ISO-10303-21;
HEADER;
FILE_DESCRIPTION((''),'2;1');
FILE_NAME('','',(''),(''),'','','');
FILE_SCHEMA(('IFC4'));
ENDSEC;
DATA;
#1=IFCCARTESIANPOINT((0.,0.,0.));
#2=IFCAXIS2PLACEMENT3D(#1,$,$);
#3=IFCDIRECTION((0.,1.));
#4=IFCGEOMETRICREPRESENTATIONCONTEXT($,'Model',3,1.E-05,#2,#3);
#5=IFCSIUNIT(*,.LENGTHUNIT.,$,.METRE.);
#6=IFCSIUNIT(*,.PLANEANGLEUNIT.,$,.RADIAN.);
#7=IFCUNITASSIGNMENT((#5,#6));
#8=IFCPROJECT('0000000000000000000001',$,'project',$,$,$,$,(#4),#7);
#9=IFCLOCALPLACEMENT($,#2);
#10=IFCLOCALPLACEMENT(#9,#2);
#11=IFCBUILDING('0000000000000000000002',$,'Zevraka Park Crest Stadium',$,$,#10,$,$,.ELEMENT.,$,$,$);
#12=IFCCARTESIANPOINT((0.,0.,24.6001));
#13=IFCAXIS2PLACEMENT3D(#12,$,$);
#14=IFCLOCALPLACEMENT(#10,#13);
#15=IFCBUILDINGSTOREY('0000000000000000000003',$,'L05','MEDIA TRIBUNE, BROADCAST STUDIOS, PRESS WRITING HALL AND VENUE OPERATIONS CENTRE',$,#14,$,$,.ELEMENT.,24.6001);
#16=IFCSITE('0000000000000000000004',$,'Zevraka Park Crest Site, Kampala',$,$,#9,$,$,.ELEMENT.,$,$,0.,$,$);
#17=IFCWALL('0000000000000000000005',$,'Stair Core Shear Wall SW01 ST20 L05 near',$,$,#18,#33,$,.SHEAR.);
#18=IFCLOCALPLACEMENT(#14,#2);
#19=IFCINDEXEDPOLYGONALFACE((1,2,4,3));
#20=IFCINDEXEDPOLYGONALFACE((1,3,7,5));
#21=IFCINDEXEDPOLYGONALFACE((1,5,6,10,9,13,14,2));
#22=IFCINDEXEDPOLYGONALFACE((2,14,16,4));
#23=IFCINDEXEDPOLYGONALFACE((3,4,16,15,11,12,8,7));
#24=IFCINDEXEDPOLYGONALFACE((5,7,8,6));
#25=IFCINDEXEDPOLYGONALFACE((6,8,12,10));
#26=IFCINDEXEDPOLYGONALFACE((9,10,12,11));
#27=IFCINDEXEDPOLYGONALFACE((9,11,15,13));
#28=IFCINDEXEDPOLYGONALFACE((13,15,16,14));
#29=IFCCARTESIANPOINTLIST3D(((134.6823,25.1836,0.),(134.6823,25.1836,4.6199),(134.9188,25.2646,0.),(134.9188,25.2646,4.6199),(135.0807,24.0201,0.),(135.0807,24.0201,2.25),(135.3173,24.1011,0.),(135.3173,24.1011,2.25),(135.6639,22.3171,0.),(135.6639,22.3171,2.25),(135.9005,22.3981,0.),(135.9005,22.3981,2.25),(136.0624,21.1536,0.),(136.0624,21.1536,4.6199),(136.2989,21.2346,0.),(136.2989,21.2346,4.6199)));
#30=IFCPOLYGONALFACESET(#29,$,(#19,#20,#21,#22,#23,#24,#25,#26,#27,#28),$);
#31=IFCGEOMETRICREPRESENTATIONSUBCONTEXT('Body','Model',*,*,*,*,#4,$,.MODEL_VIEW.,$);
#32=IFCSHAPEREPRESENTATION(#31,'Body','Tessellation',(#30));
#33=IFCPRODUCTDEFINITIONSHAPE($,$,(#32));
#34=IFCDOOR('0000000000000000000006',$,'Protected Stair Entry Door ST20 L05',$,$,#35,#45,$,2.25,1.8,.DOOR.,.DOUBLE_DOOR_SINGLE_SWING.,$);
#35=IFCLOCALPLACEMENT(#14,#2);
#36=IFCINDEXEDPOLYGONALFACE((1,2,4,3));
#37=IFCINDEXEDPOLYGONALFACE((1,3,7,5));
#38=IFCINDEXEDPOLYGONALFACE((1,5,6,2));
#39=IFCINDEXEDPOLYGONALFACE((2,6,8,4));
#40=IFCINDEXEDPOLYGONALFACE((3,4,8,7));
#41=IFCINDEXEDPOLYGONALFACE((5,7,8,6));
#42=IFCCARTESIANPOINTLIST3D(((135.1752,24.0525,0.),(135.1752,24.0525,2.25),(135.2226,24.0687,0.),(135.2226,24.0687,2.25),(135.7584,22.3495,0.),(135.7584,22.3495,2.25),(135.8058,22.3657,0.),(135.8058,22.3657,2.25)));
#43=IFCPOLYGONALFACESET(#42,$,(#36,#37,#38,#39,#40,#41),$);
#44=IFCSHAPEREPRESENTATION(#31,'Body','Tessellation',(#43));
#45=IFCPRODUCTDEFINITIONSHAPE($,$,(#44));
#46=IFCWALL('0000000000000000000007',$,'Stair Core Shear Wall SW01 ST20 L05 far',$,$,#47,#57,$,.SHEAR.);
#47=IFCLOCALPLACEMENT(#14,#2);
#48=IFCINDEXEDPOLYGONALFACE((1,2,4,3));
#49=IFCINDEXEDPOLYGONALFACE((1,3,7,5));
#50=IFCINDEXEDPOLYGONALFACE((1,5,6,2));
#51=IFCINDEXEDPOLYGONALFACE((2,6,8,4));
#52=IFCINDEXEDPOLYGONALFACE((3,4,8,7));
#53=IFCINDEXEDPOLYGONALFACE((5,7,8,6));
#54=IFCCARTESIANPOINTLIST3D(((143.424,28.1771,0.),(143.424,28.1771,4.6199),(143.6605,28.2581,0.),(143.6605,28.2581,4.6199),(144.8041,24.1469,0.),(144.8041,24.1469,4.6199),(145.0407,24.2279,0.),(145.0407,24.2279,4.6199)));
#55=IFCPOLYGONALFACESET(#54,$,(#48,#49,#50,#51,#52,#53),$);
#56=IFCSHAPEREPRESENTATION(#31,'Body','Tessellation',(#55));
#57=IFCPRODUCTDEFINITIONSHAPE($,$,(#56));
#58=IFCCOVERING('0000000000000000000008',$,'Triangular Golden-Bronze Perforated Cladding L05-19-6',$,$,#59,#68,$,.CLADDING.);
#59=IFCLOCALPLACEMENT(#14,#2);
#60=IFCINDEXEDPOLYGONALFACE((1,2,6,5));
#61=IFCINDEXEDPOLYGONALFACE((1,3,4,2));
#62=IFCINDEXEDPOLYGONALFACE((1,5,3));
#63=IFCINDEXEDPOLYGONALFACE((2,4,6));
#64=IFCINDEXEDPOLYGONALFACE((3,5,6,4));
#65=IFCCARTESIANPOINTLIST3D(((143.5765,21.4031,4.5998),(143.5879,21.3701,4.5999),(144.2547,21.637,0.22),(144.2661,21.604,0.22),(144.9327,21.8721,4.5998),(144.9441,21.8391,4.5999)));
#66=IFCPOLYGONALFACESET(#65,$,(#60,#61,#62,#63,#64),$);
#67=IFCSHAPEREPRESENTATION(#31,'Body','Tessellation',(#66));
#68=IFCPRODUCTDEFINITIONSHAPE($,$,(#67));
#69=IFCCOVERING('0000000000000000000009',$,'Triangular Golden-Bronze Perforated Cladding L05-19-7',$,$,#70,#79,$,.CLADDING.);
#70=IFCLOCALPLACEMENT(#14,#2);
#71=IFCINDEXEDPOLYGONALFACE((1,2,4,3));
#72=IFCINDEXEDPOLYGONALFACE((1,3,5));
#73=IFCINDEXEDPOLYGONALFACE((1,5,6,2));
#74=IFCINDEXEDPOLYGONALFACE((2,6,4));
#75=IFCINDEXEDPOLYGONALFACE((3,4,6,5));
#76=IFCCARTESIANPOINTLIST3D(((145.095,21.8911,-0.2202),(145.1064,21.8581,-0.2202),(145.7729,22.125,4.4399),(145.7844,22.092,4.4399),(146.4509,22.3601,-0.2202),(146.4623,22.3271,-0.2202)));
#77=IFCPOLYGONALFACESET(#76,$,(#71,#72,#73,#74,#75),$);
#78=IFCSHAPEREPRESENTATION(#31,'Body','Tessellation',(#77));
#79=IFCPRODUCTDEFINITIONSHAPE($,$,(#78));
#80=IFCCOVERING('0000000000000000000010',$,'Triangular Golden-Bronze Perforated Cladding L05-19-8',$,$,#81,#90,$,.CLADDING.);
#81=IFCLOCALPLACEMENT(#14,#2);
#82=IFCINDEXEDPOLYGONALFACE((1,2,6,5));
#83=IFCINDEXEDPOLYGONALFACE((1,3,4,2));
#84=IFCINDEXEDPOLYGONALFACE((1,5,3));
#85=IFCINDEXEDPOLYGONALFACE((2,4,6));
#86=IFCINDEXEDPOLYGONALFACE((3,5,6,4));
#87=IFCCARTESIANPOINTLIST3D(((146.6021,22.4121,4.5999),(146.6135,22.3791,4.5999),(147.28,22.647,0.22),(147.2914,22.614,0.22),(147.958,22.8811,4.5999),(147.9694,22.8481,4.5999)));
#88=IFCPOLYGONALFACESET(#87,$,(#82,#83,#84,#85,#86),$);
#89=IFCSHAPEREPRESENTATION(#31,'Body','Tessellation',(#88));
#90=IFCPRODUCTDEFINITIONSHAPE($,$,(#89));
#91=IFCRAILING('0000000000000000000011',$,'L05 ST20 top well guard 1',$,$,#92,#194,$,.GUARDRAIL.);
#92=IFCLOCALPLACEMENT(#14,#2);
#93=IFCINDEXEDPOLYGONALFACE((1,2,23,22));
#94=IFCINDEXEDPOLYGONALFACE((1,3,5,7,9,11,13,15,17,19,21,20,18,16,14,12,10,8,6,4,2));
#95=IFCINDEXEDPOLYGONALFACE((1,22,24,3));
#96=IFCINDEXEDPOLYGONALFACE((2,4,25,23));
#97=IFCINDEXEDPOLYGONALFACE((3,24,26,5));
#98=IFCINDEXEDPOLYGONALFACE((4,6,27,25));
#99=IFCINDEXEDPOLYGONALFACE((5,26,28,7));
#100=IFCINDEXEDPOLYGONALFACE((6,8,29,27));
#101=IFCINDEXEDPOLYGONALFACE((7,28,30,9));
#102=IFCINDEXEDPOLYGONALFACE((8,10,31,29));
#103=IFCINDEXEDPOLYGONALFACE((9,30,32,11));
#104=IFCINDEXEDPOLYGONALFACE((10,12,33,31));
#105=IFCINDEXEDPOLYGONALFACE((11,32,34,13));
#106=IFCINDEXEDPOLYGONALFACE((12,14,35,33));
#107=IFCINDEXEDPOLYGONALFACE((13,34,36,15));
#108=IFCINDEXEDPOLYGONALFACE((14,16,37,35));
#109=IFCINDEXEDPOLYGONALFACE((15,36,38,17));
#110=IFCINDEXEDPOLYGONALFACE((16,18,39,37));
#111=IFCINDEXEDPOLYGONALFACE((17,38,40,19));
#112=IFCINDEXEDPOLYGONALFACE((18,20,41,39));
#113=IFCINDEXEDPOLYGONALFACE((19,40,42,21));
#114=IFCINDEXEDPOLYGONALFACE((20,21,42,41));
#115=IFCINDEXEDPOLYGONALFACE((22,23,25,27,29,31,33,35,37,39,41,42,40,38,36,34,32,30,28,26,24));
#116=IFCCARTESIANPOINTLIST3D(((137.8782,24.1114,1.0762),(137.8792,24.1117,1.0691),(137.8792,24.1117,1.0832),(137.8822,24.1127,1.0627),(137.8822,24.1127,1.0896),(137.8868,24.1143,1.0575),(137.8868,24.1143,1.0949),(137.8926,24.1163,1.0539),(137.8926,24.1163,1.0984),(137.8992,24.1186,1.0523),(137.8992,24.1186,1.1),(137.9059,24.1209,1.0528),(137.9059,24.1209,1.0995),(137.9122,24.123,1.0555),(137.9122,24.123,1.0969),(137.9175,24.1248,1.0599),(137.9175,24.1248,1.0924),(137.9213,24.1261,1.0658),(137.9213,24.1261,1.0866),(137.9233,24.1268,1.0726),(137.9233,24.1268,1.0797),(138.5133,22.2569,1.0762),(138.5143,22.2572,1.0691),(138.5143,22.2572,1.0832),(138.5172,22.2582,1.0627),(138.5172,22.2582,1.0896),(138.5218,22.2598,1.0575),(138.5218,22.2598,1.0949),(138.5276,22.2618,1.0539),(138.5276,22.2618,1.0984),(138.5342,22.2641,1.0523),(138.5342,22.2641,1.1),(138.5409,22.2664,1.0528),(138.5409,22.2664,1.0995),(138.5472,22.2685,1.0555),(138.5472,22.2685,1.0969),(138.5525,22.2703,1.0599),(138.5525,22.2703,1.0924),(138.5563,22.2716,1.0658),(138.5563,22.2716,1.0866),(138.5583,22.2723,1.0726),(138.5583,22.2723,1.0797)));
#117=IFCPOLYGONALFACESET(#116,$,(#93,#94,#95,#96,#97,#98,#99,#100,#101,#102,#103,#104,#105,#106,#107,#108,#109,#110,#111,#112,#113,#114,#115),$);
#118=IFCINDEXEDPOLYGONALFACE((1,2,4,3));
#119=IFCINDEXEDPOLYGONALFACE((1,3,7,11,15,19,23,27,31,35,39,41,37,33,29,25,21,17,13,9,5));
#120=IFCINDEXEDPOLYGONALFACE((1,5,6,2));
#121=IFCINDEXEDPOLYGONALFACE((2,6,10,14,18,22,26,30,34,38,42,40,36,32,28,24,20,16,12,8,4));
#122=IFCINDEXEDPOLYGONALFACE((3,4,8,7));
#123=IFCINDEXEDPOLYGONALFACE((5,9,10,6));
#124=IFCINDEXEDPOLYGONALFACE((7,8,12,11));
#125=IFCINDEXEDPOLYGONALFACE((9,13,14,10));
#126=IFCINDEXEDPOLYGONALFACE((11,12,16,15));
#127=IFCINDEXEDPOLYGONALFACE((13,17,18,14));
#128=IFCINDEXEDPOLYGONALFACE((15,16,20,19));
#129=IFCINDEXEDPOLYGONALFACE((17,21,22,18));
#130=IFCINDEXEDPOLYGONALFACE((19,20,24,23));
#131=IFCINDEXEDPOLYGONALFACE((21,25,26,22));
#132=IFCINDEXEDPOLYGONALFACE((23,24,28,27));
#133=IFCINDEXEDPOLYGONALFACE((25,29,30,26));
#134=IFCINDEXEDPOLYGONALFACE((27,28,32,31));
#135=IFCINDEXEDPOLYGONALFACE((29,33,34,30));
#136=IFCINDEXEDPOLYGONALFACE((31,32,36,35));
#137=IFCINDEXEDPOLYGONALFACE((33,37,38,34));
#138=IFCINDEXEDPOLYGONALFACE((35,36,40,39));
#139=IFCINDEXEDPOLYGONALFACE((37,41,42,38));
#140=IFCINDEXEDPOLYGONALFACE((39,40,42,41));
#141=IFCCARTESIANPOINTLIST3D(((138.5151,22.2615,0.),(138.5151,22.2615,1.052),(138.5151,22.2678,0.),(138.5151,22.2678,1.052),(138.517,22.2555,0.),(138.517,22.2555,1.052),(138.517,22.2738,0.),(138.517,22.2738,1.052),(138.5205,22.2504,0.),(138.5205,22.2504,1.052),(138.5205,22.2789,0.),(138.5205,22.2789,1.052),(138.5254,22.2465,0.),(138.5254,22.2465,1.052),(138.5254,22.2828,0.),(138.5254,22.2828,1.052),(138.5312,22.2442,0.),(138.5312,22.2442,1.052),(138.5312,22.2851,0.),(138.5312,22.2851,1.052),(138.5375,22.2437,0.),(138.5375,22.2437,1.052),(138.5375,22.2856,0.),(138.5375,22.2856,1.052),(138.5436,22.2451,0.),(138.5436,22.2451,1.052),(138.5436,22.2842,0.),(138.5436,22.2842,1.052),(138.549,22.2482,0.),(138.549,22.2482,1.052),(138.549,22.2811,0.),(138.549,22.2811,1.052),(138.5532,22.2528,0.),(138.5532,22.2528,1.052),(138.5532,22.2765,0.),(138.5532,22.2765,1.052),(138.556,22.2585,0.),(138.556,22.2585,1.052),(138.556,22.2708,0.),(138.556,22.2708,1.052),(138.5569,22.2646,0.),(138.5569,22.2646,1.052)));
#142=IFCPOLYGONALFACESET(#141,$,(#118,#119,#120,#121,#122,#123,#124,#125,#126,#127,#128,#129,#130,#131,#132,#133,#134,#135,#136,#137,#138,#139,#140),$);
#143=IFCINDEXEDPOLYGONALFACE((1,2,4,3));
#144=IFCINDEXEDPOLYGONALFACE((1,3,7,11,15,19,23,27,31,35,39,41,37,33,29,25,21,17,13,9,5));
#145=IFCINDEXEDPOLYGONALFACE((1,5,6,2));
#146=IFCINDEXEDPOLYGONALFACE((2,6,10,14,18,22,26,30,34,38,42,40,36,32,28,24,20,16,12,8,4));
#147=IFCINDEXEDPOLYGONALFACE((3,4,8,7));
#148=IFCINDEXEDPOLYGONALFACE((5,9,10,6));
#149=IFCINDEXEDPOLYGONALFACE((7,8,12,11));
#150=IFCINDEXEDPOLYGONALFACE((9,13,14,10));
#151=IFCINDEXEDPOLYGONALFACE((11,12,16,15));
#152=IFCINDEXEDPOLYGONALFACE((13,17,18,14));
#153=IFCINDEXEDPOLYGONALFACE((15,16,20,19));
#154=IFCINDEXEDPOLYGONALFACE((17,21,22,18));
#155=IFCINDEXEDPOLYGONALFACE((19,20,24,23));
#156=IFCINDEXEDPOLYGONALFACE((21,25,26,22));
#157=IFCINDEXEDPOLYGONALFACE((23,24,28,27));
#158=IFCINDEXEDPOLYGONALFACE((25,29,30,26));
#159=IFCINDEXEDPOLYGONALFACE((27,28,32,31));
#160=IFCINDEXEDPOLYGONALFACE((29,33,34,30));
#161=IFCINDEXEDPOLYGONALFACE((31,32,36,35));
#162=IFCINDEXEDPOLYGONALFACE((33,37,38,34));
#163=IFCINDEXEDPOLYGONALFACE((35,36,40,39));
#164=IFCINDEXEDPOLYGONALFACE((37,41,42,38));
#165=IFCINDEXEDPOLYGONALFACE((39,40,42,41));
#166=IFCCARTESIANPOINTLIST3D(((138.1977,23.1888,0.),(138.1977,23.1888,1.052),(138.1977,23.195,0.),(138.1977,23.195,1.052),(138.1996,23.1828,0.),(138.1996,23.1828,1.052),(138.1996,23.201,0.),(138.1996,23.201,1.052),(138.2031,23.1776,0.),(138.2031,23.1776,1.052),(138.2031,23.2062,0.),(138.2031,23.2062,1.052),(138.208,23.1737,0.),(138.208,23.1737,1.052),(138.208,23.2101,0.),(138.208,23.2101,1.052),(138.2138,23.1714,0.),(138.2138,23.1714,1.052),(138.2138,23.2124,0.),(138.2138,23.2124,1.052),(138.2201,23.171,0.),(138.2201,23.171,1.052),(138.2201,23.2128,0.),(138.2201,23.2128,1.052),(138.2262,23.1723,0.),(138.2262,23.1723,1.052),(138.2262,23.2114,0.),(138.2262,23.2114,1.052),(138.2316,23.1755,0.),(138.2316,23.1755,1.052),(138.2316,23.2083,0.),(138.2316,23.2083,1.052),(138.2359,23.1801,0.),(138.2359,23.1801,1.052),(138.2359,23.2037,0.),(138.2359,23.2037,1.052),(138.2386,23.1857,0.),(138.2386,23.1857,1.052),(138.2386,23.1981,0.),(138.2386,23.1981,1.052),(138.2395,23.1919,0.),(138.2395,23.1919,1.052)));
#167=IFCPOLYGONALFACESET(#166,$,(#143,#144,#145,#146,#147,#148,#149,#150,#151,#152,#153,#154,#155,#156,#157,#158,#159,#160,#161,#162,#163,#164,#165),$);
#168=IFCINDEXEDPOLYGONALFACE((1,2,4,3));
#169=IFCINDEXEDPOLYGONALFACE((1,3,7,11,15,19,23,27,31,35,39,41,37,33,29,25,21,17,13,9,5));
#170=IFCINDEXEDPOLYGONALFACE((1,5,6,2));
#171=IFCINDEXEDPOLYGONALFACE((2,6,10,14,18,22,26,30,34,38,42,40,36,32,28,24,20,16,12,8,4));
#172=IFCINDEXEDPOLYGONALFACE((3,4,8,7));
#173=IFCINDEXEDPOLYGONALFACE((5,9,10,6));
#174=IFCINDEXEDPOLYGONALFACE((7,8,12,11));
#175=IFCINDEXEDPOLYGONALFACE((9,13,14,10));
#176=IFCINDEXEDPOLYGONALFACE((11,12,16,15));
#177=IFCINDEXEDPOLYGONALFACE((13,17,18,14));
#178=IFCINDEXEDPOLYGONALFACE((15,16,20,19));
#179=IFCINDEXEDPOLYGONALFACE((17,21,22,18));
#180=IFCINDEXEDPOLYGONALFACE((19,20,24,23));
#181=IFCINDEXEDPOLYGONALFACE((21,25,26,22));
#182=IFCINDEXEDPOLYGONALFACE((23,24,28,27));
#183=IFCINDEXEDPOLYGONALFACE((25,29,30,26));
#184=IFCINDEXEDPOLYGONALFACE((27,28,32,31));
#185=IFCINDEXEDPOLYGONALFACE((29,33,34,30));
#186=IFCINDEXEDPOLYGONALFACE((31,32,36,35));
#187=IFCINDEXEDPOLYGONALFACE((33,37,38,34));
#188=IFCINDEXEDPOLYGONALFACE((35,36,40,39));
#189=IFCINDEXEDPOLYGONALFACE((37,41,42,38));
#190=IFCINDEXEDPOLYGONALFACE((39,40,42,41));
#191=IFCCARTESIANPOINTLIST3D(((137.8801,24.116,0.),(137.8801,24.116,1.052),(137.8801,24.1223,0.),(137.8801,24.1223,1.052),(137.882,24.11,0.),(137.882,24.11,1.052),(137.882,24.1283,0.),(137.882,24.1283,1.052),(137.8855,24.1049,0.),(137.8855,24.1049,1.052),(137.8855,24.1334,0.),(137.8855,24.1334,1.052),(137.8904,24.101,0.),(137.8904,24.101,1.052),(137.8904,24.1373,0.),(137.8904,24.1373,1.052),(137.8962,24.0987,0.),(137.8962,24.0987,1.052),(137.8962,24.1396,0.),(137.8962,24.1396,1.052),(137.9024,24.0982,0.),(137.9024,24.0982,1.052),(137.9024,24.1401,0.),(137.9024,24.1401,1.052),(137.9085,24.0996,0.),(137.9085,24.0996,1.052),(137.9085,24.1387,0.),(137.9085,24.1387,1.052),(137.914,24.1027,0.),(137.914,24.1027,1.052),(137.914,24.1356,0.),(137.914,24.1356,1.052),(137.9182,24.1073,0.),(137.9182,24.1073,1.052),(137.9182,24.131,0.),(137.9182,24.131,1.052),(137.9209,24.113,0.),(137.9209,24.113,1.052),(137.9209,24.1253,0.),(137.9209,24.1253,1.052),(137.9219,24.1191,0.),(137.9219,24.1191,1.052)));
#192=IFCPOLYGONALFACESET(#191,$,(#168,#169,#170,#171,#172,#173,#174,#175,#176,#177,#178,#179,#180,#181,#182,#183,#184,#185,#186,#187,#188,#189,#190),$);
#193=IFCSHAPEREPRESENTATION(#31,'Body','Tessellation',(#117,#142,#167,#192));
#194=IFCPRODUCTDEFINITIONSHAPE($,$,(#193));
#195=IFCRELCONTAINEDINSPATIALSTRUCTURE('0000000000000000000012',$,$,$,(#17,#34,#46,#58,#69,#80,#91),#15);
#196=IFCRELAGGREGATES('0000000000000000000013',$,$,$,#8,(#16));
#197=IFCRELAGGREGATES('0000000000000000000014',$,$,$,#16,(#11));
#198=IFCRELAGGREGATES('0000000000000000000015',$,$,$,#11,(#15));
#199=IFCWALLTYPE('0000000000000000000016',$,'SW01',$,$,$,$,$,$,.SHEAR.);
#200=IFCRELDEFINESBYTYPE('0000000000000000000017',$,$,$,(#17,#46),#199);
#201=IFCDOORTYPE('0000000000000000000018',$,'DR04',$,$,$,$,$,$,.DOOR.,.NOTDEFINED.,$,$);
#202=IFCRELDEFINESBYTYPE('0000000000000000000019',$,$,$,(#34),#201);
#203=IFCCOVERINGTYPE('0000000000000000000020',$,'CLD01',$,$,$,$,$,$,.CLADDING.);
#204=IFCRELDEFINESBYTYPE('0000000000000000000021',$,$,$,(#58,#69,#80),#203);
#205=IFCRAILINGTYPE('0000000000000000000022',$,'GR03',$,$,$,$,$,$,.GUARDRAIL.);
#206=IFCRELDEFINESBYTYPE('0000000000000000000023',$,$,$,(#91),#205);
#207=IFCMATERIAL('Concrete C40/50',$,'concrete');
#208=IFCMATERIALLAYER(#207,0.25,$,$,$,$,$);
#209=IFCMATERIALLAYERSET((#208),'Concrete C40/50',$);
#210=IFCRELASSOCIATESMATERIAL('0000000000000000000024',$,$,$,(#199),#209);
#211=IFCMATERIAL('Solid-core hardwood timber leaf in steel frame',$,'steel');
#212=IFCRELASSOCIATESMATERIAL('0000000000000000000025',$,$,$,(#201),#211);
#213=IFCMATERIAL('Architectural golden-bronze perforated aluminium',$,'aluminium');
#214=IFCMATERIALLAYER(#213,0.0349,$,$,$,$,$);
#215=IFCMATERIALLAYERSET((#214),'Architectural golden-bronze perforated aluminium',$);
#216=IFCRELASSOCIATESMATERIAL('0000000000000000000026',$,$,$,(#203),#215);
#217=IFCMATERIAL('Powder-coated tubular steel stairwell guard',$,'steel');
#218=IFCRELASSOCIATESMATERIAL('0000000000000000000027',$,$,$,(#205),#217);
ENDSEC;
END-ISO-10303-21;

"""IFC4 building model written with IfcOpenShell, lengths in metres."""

from ifc_helpers import new_model, si_unit, direction, frame, frame_2d, origin, origin_2d, place, context, subcontext, project, spatial, polyline, rectangle, circle, outline, extrude, material, layer, layer_set, type_object, element, fill, save


model = new_model("IFC4")

# Units and contexts
model_context = context("Model", 3, precision=1e-05, world=origin(), true_north=direction((0.0, 1.0)))
body_context = subcontext(model_context, "Body", "Model", "MODEL_VIEW")
ifc_project = project(units=[si_unit("LENGTHUNIT", "METRE"), si_unit("PLANEANGLEUNIT", "RADIAN")], contexts=[model_context])

# Site, building, storey
site_placement = place(None, origin())
site = spatial("IfcSite", under=ifc_project, at=site_placement, Name="Zevraka Park Crest Site, Kampala", CompositionType="ELEMENT", RefElevation=0.0)
building_placement = place(site_placement, origin())
building = spatial("IfcBuilding", under=site, at=building_placement, Name="Zevraka Park Crest Stadium", CompositionType="ELEMENT")
storey_placement = place(building_placement, frame((0.0, 0.0, 24.6001)))
storey = spatial("IfcBuildingStorey", under=building, at=storey_placement, Name="L05", Description="MEDIA TRIBUNE, BROADCAST STUDIOS, PRESS WRITING HALL AND VENUE OPERATIONS CENTRE", CompositionType="ELEMENT", Elevation=24.6001)

# Shared definitions
ifc_material_1 = material(Name="Concrete C40/50", Category="concrete")
ifc_layer_1 = layer(ifc_material_1, 0.25)
ifc_layer_set_1 = layer_set([ifc_layer_1], Name="Concrete C40/50")
wall_type = type_object("IfcWallType", Name="SW01", PredefinedType="SHEAR", material=ifc_layer_set_1)

# Wall, opening, door
wall_1_placement = place(storey_placement, frame((134.8005, 25.2241, 0.0), z_axis=(0.0, 0.0, 1.0), x_axis=(0.323989, -0.946061, 0.0)))
wall_1 = element("IfcWall", 1, at=wall_1_placement, inside=storey, type_object=wall_type, Name="Stair Core Shear Wall SW01 ST20 L05 near", PredefinedType="SHEAR", context=body_context, shape_type="SweptSolid", body=[
    extrude(rectangle(XDim=4.2598, YDim=0.25, at=frame_2d((2.1299, 0.0))), origin(), (0.0, 0.0, 1.0), 4.6199),
])
opening_placement = place(wall_1_placement, frame((1.23, 0.0, 0.0)))
opening = element("IfcOpeningElement", 2, at=opening_placement, cuts=wall_1, PredefinedType="OPENING", context=body_context, shape_type="SweptSolid", body=[
    extrude(rectangle(XDim=1.8, YDim=2.25, at=frame_2d((0.8999, 1.125))), frame((0.0, 0.135, 0.0), z_axis=(0.0, -1.0, 0.0), x_axis=(1.0, 0.0, 0.0)), (0.0, 0.0, 1.0), 0.27),
])
ifc_material_2 = material(Name="Solid-core hardwood timber leaf in steel frame", Category="steel")
door_type = type_object("IfcDoorType", Name="DR04", OperationType="NOTDEFINED", PredefinedType="DOOR", material=ifc_material_2)
door_placement = place(opening_placement, origin())
door = element("IfcDoor", 3, at=door_placement, inside=storey, type_object=door_type, Name="Protected Stair Entry Door ST20 L05", OperationType="DOUBLE_DOOR_SINGLE_SWING", OverallHeight=2.25, OverallWidth=1.8, PredefinedType="DOOR", context=body_context, shape_type="SweptSolid", body=[
    extrude(rectangle(XDim=1.8, YDim=2.25, at=frame_2d((0.8999, 1.125))), frame((0.0, 0.0249, 0.0), z_axis=(0.0, -1.0, 0.0), x_axis=(1.0, 0.0, 0.0)), (0.0, 0.0, 1.0), 0.05),
])
fill(opening, door)

# Wall
wall_2_placement = place(storey_placement, frame((144.9224, 24.1875, 0.0), z_axis=(0.0, 0.0, 1.0), x_axis=(-0.323971, 0.946067, 0.0)))
element("IfcWall", 4, at=wall_2_placement, inside=storey, type_object=wall_type, Name="Stair Core Shear Wall SW01 ST20 L05 far", PredefinedType="SHEAR", context=body_context, shape_type="SweptSolid", body=[
    extrude(rectangle(XDim=4.26, YDim=0.25, at=frame_2d((2.1299, 0.0))), origin(), (0.0, 0.0, 1.0), 4.6199),
])

# Coverings
ifc_material_3 = material(Name="Architectural golden-bronze perforated aluminium", Category="aluminium")
ifc_layer_2 = layer(ifc_material_3, 0.0349)
ifc_layer_set_2 = layer_set([ifc_layer_2], Name="Architectural golden-bronze perforated aluminium")
covering_type = type_object("IfcCoveringType", Name="CLD01", PredefinedType="CLADDING", material=ifc_layer_set_2)
covering_1_placement = place(storey_placement, frame((144.9441, 21.8391, 4.5999), z_axis=(0.326824, -0.945085, 0.000141), x_axis=(-0.945085, -0.326824, 0.0)))
element("IfcCovering", 5, at=covering_1_placement, inside=storey, type_object=covering_type, Name="Triangular Golden-Bronze Perforated Cladding L05-19-6", PredefinedType="CLADDING", context=body_context, shape_type="SweptSolid", body=[
    extrude(outline(polyline([(0.0, 0.0), (1.435, 0.0), (0.7176, 4.3799), (0.0, 0.0)])), origin(), (0.0, 0.0, -1.0), 0.0349),
])
covering_2_placement = place(storey_placement, frame((145.095, 21.8911, -0.2202), z_axis=(-0.326877, 0.945067, 0.000124), x_axis=(0.945067, 0.326877, 0.0)))
element("IfcCovering", 6, at=covering_2_placement, inside=storey, type_object=covering_type, Name="Triangular Golden-Bronze Perforated Cladding L05-19-7", PredefinedType="CLADDING", context=body_context, shape_type="SweptSolid", body=[
    extrude(outline(polyline([(0.0, 0.0), (1.4348, 0.0), (0.7172, -4.6602), (0.0, 0.0)])), origin(), (0.0, 0.0, -1.0), 0.0349),
])
covering_3_placement = place(storey_placement, frame((147.958, 22.8811, 4.5999), z_axis=(-0.326877, 0.945067, 0.000079), x_axis=(-0.945067, -0.326877, 0.0)))
element("IfcCovering", 7, at=covering_3_placement, inside=storey, type_object=covering_type, Name="Triangular Golden-Bronze Perforated Cladding L05-19-8", PredefinedType="CLADDING", context=body_context, shape_type="SweptSolid", body=[
    extrude(outline(polyline([(0.0, 0.0), (1.4348, 0.0), (0.7173, -4.3799), (0.0, 0.0)])), origin(), (0.0, 0.0, -1.0), 0.0349),
])

# Railing
ifc_material_4 = material(Name="Powder-coated tubular steel stairwell guard", Category="steel")
railing_type = type_object("IfcRailingType", Name="GR03", PredefinedType="GUARDRAIL", material=ifc_material_4)
railing_placement = place(storey_placement, frame((138.5359, 22.2646, 0.0)))
element("IfcRailing", 8, at=railing_placement, inside=storey, type_object=railing_type, Name="L05 ST20 top well guard 1", PredefinedType="GUARDRAIL", context=body_context, shape_type="SweptSolid", body=[
    extrude(circle(Radius=0.0239, at=origin_2d()), frame((0.0, 0.0, 1.0762), z_axis=(-0.323952, 0.946074, 0.0), x_axis=(-0.946074, -0.323952, 0.0)), (0.0, 0.0, 1.0), 1.9602),
    extrude(circle(Radius=0.021, at=origin_2d()), origin(), (0.0, 0.0, 1.0), 1.052),
    extrude(circle(Radius=0.021, at=origin_2d()), frame((-0.3174, 0.9272, 0.0)), (0.0, 0.0, 1.0), 1.052),
    extrude(circle(Radius=0.021, at=origin_2d()), frame((-0.635, 1.8545, 0.0)), (0.0, 0.0, 1.0), 1.052),
])

save(model, "model.ifc")
